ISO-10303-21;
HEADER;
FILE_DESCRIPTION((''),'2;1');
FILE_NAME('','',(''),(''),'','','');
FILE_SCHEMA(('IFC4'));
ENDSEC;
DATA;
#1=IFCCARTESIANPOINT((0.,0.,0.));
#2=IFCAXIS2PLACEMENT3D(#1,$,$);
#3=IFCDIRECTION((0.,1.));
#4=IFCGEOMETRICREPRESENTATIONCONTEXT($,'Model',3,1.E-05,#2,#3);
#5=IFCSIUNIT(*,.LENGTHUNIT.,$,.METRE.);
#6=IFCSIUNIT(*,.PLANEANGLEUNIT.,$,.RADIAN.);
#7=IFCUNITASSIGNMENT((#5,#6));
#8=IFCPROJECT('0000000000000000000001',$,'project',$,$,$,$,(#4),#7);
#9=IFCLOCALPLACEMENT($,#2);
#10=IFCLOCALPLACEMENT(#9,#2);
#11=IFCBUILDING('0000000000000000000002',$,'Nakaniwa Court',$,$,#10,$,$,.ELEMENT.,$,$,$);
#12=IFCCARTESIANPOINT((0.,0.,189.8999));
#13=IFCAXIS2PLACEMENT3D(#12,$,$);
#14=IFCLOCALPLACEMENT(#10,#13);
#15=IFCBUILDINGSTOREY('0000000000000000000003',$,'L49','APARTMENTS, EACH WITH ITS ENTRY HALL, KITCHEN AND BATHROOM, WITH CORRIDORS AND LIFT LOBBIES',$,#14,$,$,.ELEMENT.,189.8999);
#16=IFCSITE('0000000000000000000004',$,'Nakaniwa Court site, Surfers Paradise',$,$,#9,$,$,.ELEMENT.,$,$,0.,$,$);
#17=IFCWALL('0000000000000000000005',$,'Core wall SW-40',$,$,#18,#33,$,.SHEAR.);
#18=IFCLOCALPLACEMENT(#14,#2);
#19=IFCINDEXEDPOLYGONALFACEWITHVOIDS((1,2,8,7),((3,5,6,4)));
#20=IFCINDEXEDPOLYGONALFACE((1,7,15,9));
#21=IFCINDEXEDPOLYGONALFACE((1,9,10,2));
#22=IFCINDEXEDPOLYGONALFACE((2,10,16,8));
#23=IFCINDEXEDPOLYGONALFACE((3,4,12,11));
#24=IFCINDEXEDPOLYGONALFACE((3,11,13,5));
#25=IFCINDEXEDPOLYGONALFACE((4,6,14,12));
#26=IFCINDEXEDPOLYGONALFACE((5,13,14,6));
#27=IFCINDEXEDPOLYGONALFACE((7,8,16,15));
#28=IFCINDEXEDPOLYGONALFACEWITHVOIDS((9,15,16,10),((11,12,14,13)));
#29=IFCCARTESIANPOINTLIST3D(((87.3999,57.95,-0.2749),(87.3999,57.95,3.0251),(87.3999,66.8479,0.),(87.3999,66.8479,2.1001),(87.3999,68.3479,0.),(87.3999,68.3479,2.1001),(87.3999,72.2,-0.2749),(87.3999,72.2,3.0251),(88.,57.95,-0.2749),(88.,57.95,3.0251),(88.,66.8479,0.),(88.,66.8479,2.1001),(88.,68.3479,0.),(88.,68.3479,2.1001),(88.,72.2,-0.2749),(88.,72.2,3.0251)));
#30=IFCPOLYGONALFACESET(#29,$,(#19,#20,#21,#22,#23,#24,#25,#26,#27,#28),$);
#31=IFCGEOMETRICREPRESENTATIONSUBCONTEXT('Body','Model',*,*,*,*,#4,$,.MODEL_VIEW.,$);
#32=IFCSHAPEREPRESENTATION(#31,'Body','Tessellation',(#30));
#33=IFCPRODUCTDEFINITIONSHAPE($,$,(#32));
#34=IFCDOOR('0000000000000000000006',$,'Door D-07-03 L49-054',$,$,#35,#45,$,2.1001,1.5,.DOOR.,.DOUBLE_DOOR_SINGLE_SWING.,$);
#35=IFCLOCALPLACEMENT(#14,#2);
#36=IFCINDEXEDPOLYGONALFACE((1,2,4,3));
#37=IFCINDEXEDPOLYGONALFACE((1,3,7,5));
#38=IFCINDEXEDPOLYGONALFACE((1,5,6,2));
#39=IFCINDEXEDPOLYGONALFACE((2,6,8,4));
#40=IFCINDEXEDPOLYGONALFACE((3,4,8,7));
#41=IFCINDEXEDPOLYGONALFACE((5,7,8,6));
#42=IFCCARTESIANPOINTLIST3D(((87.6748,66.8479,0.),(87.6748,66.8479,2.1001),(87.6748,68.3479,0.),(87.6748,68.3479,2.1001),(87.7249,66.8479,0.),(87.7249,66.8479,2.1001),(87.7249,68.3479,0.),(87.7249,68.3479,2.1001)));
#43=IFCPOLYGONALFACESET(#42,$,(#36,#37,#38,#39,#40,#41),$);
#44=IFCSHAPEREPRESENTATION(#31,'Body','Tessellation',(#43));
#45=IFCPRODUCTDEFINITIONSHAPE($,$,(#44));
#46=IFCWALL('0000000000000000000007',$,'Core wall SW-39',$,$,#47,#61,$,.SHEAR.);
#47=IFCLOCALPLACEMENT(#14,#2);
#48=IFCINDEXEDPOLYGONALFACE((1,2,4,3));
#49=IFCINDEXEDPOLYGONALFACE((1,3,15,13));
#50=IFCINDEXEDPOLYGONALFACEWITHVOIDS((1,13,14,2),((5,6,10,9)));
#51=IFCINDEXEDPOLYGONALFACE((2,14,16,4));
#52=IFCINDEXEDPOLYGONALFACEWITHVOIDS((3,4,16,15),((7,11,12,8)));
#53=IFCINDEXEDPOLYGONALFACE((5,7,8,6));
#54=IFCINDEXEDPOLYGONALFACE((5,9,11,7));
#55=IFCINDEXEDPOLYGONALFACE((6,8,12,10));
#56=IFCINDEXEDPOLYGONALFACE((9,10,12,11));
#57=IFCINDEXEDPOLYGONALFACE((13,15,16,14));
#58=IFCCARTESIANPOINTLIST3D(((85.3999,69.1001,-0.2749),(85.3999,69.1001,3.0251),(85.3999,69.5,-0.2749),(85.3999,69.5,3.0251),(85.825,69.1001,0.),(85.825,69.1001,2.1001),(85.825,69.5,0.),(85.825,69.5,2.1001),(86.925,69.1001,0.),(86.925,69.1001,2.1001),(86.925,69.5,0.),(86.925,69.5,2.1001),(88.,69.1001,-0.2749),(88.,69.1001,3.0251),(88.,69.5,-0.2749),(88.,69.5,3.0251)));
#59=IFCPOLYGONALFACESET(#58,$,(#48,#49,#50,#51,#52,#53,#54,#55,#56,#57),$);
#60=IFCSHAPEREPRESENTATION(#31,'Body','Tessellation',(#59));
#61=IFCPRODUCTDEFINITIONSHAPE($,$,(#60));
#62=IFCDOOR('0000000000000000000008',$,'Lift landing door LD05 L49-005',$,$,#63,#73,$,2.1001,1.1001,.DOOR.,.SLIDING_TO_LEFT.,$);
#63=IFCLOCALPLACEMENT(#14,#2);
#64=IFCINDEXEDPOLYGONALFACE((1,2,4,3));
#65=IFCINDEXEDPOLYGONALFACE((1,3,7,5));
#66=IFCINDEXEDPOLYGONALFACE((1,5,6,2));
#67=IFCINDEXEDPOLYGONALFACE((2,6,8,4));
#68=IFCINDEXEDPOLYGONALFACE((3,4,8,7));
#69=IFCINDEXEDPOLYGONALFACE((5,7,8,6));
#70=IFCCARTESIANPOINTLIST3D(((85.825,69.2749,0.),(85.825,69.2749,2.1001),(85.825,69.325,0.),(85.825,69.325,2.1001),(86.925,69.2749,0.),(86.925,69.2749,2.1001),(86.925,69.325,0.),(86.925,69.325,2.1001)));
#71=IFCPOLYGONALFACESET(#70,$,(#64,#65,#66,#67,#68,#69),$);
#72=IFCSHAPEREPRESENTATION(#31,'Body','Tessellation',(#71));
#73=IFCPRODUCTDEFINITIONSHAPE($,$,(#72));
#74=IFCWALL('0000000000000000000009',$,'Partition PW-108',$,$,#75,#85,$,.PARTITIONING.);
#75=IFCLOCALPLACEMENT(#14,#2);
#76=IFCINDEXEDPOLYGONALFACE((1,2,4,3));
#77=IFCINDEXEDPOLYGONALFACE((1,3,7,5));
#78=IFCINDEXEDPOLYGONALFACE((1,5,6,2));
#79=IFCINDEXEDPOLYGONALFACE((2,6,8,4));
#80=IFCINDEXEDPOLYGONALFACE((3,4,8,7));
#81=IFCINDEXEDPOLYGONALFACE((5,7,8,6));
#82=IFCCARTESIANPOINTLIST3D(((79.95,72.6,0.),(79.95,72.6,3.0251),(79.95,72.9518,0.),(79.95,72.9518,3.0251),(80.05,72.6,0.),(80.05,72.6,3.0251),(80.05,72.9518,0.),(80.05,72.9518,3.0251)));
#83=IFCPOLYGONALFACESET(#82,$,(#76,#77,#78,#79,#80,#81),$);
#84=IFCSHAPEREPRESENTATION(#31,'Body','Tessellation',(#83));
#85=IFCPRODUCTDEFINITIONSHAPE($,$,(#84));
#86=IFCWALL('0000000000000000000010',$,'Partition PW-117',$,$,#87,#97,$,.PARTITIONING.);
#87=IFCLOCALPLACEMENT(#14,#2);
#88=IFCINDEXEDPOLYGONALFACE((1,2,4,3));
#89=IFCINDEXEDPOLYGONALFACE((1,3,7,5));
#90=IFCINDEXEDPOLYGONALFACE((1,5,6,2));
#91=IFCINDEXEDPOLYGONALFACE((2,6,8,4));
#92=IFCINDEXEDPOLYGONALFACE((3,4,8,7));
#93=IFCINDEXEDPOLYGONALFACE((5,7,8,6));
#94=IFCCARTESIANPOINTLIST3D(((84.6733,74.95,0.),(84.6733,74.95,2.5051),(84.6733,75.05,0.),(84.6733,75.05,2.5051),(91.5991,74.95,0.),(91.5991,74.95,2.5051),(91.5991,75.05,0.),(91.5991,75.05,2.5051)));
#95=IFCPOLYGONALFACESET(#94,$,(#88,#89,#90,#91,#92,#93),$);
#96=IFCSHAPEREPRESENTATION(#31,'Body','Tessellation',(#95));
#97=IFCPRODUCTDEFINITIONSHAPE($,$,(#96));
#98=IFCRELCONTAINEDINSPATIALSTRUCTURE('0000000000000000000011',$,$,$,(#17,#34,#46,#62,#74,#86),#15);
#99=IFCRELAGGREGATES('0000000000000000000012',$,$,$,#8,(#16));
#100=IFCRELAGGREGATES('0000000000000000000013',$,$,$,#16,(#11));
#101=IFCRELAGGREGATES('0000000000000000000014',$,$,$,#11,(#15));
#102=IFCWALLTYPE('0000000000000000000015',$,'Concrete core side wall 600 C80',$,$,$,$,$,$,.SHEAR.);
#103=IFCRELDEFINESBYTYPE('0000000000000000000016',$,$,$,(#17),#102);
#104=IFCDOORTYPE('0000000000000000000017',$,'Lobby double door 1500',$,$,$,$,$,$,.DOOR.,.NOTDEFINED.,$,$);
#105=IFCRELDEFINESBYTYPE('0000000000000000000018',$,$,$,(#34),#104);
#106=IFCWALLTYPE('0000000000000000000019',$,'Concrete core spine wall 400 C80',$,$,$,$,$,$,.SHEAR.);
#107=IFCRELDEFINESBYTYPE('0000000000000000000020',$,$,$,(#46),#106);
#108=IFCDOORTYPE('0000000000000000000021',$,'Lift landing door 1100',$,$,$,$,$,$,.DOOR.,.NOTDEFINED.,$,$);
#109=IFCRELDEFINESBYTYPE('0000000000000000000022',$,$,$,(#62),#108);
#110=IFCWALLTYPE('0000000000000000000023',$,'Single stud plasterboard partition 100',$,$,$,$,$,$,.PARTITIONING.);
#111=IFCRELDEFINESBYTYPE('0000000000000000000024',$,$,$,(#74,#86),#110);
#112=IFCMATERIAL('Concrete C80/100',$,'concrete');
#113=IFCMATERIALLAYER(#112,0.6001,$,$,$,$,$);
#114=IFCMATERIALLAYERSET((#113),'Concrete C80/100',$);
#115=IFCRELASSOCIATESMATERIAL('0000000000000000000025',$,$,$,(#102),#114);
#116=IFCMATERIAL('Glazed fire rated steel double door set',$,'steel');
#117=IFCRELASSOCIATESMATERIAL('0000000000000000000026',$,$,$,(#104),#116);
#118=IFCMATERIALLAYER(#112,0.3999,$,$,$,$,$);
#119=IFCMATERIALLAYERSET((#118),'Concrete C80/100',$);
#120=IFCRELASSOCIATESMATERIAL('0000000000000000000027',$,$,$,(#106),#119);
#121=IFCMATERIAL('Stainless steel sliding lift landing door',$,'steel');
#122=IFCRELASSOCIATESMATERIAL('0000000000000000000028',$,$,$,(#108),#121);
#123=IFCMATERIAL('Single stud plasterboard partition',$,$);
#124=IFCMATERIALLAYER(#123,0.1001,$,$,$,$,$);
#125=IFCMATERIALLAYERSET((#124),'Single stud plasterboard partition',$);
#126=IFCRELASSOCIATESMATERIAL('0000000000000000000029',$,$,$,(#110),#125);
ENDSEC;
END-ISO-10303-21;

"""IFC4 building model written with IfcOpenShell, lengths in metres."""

from ifc_helpers import new_model, si_unit, direction, frame, frame_2d, origin, place, context, subcontext, project, spatial, rectangle, extrude, material, layer, layer_set, type_object, element, fill, save


model = new_model("IFC4")

# Units and contexts
model_context = context("Model", 3, precision=1e-05, world=origin(), true_north=direction((0.0, 1.0)))
body_context = subcontext(model_context, "Body", "Model", "MODEL_VIEW")
ifc_project = project(units=[si_unit("LENGTHUNIT", "METRE"), si_unit("PLANEANGLEUNIT", "RADIAN")], contexts=[model_context])

# Site, building, storey
site_placement = place(None, origin())
site = spatial("IfcSite", under=ifc_project, at=site_placement, Name="Nakaniwa Court site, Surfers Paradise", CompositionType="ELEMENT", RefElevation=0.0)
building_placement = place(site_placement, origin())
building = spatial("IfcBuilding", under=site, at=building_placement, Name="Nakaniwa Court", CompositionType="ELEMENT")
storey_placement = place(building_placement, frame((0.0, 0.0, 189.8999)))
storey = spatial("IfcBuildingStorey", under=building, at=storey_placement, Name="L49", Description="APARTMENTS, EACH WITH ITS ENTRY HALL, KITCHEN AND BATHROOM, WITH CORRIDORS AND LIFT LOBBIES", CompositionType="ELEMENT", Elevation=189.8999)

# Shared definitions
ifc_material_1 = material(Name="Concrete C80/100", Category="concrete")

# Walls, openings, doors
ifc_layer_1 = layer(ifc_material_1, 0.6001)
ifc_layer_set_1 = layer_set([ifc_layer_1], Name="Concrete C80/100")
wall_type_1 = type_object("IfcWallType", Name="Concrete core side wall 600 C80", PredefinedType="SHEAR", material=ifc_layer_set_1)
wall_1_placement = place(storey_placement, frame((87.7, 72.2, -0.2749), z_axis=(0.0, 0.0, 1.0), x_axis=(0.0, -1.0, 0.0)))
wall_1 = element("IfcWall", 1, at=wall_1_placement, inside=storey, type_object=wall_type_1, Name="Core wall SW-40", PredefinedType="SHEAR", context=body_context, shape_type="SweptSolid", body=[
    extrude(rectangle(XDim=14.25, YDim=0.6001, at=frame_2d((7.125, 0.0))), origin(), (0.0, 0.0, 1.0), 3.3),
])
opening_1_placement = place(wall_1_placement, frame((3.8521, 0.0, 0.2749)))
opening_1 = element("IfcOpeningElement", 2, at=opening_1_placement, cuts=wall_1, PredefinedType="OPENING", context=body_context, shape_type="SweptSolid", body=[
    extrude(rectangle(XDim=1.5, YDim=2.1001, at=frame_2d((0.75, 1.05))), frame((0.0, 0.3101, 0.0), z_axis=(0.0, -1.0, 0.0), x_axis=(1.0, 0.0, 0.0)), (0.0, 0.0, 1.0), 0.6201),
])
ifc_material_2 = material(Name="Glazed fire rated steel double door set", Category="steel")
door_type_1 = type_object("IfcDoorType", Name="Lobby double door 1500", OperationType="NOTDEFINED", PredefinedType="DOOR", material=ifc_material_2)
door_1_placement = place(opening_1_placement, origin())
door_1 = element("IfcDoor", 3, at=door_1_placement, inside=storey, type_object=door_type_1, Name="Door D-07-03 L49-054", OperationType="DOUBLE_DOOR_SINGLE_SWING", OverallHeight=2.1001, OverallWidth=1.5, PredefinedType="DOOR", context=body_context, shape_type="SweptSolid", body=[
    extrude(rectangle(XDim=1.5, YDim=2.1001, at=frame_2d((0.75, 1.05))), frame((0.0, 0.0249, 0.0), z_axis=(0.0, -1.0, 0.0), x_axis=(1.0, 0.0, 0.0)), (0.0, 0.0, 1.0), 0.05),
])
fill(opening_1, door_1)
ifc_layer_2 = layer(ifc_material_1, 0.3999)
ifc_layer_set_2 = layer_set([ifc_layer_2], Name="Concrete C80/100")
wall_type_2 = type_object("IfcWallType", Name="Concrete core spine wall 400 C80", PredefinedType="SHEAR", material=ifc_layer_set_2)
wall_2_placement = place(storey_placement, frame((85.3999, 69.3, -0.2749), z_axis=(0.0, 0.0, 1.0), x_axis=(1.0, 0.0, 0.0)))
wall_2 = element("IfcWall", 4, at=wall_2_placement, inside=storey, type_object=wall_type_2, Name="Core wall SW-39", PredefinedType="SHEAR", context=body_context, shape_type="SweptSolid", body=[
    extrude(rectangle(XDim=2.6001, YDim=0.3999, at=frame_2d((1.3, 0.0))), origin(), (0.0, 0.0, 1.0), 3.3),
])
opening_2_placement = place(wall_2_placement, frame((0.425, 0.0, 0.2749)))
opening_2 = element("IfcOpeningElement", 5, at=opening_2_placement, cuts=wall_2, PredefinedType="OPENING", context=body_context, shape_type="SweptSolid", body=[
    extrude(rectangle(XDim=1.1001, YDim=2.1001, at=frame_2d((0.55, 1.05))), frame((0.0, 0.21, 0.0), z_axis=(0.0, -1.0, 0.0), x_axis=(1.0, 0.0, 0.0)), (0.0, 0.0, 1.0), 0.4199),
])
ifc_material_3 = material(Name="Stainless steel sliding lift landing door", Category="steel")
door_type_2 = type_object("IfcDoorType", Name="Lift landing door 1100", OperationType="NOTDEFINED", PredefinedType="DOOR", material=ifc_material_3)
door_2_placement = place(opening_2_placement, origin())
door_2 = element("IfcDoor", 6, at=door_2_placement, inside=storey, type_object=door_type_2, Name="Lift landing door LD05 L49-005", OperationType="SLIDING_TO_LEFT", OverallHeight=2.1001, OverallWidth=1.1001, PredefinedType="DOOR", context=body_context, shape_type="SweptSolid", body=[
    extrude(rectangle(XDim=1.1001, YDim=2.1001, at=frame_2d((0.55, 1.05))), frame((0.0, 0.0249, 0.0), z_axis=(0.0, -1.0, 0.0), x_axis=(1.0, 0.0, 0.0)), (0.0, 0.0, 1.0), 0.05),
])
fill(opening_2, door_2)

# Walls
ifc_material_4 = material(Name="Single stud plasterboard partition")
ifc_layer_3 = layer(ifc_material_4, 0.1001)
ifc_layer_set_3 = layer_set([ifc_layer_3], Name="Single stud plasterboard partition")
wall_type_3 = type_object("IfcWallType", Name="Single stud plasterboard partition 100", PredefinedType="PARTITIONING", material=ifc_layer_set_3)
wall_3_placement = place(storey_placement, frame((80.0, 72.6001, 0.0), z_axis=(0.0, 0.0, 1.0), x_axis=(0.0, 1.0, 0.0)))
element("IfcWall", 7, at=wall_3_placement, inside=storey, type_object=wall_type_3, Name="Partition PW-108", PredefinedType="PARTITIONING", context=body_context, shape_type="SweptSolid", body=[
    extrude(rectangle(XDim=0.3518, YDim=0.1001, at=frame_2d((0.1758, 0.0))), origin(), (0.0, 0.0, 1.0), 3.0251),
])
wall_4_placement = place(storey_placement, frame((84.6733, 75.0, 0.0), z_axis=(0.0, 0.0, 1.0), x_axis=(1.0, 0.0, 0.0)))
element("IfcWall", 8, at=wall_4_placement, inside=storey, type_object=wall_type_3, Name="Partition PW-117", PredefinedType="PARTITIONING", context=body_context, shape_type="SweptSolid", body=[
    extrude(rectangle(XDim=6.9258, YDim=0.1001, at=frame_2d((3.4629, 0.0))), origin(), (0.0, 0.0, 1.0), 2.5051),
])

save(model, "model.ifc")
